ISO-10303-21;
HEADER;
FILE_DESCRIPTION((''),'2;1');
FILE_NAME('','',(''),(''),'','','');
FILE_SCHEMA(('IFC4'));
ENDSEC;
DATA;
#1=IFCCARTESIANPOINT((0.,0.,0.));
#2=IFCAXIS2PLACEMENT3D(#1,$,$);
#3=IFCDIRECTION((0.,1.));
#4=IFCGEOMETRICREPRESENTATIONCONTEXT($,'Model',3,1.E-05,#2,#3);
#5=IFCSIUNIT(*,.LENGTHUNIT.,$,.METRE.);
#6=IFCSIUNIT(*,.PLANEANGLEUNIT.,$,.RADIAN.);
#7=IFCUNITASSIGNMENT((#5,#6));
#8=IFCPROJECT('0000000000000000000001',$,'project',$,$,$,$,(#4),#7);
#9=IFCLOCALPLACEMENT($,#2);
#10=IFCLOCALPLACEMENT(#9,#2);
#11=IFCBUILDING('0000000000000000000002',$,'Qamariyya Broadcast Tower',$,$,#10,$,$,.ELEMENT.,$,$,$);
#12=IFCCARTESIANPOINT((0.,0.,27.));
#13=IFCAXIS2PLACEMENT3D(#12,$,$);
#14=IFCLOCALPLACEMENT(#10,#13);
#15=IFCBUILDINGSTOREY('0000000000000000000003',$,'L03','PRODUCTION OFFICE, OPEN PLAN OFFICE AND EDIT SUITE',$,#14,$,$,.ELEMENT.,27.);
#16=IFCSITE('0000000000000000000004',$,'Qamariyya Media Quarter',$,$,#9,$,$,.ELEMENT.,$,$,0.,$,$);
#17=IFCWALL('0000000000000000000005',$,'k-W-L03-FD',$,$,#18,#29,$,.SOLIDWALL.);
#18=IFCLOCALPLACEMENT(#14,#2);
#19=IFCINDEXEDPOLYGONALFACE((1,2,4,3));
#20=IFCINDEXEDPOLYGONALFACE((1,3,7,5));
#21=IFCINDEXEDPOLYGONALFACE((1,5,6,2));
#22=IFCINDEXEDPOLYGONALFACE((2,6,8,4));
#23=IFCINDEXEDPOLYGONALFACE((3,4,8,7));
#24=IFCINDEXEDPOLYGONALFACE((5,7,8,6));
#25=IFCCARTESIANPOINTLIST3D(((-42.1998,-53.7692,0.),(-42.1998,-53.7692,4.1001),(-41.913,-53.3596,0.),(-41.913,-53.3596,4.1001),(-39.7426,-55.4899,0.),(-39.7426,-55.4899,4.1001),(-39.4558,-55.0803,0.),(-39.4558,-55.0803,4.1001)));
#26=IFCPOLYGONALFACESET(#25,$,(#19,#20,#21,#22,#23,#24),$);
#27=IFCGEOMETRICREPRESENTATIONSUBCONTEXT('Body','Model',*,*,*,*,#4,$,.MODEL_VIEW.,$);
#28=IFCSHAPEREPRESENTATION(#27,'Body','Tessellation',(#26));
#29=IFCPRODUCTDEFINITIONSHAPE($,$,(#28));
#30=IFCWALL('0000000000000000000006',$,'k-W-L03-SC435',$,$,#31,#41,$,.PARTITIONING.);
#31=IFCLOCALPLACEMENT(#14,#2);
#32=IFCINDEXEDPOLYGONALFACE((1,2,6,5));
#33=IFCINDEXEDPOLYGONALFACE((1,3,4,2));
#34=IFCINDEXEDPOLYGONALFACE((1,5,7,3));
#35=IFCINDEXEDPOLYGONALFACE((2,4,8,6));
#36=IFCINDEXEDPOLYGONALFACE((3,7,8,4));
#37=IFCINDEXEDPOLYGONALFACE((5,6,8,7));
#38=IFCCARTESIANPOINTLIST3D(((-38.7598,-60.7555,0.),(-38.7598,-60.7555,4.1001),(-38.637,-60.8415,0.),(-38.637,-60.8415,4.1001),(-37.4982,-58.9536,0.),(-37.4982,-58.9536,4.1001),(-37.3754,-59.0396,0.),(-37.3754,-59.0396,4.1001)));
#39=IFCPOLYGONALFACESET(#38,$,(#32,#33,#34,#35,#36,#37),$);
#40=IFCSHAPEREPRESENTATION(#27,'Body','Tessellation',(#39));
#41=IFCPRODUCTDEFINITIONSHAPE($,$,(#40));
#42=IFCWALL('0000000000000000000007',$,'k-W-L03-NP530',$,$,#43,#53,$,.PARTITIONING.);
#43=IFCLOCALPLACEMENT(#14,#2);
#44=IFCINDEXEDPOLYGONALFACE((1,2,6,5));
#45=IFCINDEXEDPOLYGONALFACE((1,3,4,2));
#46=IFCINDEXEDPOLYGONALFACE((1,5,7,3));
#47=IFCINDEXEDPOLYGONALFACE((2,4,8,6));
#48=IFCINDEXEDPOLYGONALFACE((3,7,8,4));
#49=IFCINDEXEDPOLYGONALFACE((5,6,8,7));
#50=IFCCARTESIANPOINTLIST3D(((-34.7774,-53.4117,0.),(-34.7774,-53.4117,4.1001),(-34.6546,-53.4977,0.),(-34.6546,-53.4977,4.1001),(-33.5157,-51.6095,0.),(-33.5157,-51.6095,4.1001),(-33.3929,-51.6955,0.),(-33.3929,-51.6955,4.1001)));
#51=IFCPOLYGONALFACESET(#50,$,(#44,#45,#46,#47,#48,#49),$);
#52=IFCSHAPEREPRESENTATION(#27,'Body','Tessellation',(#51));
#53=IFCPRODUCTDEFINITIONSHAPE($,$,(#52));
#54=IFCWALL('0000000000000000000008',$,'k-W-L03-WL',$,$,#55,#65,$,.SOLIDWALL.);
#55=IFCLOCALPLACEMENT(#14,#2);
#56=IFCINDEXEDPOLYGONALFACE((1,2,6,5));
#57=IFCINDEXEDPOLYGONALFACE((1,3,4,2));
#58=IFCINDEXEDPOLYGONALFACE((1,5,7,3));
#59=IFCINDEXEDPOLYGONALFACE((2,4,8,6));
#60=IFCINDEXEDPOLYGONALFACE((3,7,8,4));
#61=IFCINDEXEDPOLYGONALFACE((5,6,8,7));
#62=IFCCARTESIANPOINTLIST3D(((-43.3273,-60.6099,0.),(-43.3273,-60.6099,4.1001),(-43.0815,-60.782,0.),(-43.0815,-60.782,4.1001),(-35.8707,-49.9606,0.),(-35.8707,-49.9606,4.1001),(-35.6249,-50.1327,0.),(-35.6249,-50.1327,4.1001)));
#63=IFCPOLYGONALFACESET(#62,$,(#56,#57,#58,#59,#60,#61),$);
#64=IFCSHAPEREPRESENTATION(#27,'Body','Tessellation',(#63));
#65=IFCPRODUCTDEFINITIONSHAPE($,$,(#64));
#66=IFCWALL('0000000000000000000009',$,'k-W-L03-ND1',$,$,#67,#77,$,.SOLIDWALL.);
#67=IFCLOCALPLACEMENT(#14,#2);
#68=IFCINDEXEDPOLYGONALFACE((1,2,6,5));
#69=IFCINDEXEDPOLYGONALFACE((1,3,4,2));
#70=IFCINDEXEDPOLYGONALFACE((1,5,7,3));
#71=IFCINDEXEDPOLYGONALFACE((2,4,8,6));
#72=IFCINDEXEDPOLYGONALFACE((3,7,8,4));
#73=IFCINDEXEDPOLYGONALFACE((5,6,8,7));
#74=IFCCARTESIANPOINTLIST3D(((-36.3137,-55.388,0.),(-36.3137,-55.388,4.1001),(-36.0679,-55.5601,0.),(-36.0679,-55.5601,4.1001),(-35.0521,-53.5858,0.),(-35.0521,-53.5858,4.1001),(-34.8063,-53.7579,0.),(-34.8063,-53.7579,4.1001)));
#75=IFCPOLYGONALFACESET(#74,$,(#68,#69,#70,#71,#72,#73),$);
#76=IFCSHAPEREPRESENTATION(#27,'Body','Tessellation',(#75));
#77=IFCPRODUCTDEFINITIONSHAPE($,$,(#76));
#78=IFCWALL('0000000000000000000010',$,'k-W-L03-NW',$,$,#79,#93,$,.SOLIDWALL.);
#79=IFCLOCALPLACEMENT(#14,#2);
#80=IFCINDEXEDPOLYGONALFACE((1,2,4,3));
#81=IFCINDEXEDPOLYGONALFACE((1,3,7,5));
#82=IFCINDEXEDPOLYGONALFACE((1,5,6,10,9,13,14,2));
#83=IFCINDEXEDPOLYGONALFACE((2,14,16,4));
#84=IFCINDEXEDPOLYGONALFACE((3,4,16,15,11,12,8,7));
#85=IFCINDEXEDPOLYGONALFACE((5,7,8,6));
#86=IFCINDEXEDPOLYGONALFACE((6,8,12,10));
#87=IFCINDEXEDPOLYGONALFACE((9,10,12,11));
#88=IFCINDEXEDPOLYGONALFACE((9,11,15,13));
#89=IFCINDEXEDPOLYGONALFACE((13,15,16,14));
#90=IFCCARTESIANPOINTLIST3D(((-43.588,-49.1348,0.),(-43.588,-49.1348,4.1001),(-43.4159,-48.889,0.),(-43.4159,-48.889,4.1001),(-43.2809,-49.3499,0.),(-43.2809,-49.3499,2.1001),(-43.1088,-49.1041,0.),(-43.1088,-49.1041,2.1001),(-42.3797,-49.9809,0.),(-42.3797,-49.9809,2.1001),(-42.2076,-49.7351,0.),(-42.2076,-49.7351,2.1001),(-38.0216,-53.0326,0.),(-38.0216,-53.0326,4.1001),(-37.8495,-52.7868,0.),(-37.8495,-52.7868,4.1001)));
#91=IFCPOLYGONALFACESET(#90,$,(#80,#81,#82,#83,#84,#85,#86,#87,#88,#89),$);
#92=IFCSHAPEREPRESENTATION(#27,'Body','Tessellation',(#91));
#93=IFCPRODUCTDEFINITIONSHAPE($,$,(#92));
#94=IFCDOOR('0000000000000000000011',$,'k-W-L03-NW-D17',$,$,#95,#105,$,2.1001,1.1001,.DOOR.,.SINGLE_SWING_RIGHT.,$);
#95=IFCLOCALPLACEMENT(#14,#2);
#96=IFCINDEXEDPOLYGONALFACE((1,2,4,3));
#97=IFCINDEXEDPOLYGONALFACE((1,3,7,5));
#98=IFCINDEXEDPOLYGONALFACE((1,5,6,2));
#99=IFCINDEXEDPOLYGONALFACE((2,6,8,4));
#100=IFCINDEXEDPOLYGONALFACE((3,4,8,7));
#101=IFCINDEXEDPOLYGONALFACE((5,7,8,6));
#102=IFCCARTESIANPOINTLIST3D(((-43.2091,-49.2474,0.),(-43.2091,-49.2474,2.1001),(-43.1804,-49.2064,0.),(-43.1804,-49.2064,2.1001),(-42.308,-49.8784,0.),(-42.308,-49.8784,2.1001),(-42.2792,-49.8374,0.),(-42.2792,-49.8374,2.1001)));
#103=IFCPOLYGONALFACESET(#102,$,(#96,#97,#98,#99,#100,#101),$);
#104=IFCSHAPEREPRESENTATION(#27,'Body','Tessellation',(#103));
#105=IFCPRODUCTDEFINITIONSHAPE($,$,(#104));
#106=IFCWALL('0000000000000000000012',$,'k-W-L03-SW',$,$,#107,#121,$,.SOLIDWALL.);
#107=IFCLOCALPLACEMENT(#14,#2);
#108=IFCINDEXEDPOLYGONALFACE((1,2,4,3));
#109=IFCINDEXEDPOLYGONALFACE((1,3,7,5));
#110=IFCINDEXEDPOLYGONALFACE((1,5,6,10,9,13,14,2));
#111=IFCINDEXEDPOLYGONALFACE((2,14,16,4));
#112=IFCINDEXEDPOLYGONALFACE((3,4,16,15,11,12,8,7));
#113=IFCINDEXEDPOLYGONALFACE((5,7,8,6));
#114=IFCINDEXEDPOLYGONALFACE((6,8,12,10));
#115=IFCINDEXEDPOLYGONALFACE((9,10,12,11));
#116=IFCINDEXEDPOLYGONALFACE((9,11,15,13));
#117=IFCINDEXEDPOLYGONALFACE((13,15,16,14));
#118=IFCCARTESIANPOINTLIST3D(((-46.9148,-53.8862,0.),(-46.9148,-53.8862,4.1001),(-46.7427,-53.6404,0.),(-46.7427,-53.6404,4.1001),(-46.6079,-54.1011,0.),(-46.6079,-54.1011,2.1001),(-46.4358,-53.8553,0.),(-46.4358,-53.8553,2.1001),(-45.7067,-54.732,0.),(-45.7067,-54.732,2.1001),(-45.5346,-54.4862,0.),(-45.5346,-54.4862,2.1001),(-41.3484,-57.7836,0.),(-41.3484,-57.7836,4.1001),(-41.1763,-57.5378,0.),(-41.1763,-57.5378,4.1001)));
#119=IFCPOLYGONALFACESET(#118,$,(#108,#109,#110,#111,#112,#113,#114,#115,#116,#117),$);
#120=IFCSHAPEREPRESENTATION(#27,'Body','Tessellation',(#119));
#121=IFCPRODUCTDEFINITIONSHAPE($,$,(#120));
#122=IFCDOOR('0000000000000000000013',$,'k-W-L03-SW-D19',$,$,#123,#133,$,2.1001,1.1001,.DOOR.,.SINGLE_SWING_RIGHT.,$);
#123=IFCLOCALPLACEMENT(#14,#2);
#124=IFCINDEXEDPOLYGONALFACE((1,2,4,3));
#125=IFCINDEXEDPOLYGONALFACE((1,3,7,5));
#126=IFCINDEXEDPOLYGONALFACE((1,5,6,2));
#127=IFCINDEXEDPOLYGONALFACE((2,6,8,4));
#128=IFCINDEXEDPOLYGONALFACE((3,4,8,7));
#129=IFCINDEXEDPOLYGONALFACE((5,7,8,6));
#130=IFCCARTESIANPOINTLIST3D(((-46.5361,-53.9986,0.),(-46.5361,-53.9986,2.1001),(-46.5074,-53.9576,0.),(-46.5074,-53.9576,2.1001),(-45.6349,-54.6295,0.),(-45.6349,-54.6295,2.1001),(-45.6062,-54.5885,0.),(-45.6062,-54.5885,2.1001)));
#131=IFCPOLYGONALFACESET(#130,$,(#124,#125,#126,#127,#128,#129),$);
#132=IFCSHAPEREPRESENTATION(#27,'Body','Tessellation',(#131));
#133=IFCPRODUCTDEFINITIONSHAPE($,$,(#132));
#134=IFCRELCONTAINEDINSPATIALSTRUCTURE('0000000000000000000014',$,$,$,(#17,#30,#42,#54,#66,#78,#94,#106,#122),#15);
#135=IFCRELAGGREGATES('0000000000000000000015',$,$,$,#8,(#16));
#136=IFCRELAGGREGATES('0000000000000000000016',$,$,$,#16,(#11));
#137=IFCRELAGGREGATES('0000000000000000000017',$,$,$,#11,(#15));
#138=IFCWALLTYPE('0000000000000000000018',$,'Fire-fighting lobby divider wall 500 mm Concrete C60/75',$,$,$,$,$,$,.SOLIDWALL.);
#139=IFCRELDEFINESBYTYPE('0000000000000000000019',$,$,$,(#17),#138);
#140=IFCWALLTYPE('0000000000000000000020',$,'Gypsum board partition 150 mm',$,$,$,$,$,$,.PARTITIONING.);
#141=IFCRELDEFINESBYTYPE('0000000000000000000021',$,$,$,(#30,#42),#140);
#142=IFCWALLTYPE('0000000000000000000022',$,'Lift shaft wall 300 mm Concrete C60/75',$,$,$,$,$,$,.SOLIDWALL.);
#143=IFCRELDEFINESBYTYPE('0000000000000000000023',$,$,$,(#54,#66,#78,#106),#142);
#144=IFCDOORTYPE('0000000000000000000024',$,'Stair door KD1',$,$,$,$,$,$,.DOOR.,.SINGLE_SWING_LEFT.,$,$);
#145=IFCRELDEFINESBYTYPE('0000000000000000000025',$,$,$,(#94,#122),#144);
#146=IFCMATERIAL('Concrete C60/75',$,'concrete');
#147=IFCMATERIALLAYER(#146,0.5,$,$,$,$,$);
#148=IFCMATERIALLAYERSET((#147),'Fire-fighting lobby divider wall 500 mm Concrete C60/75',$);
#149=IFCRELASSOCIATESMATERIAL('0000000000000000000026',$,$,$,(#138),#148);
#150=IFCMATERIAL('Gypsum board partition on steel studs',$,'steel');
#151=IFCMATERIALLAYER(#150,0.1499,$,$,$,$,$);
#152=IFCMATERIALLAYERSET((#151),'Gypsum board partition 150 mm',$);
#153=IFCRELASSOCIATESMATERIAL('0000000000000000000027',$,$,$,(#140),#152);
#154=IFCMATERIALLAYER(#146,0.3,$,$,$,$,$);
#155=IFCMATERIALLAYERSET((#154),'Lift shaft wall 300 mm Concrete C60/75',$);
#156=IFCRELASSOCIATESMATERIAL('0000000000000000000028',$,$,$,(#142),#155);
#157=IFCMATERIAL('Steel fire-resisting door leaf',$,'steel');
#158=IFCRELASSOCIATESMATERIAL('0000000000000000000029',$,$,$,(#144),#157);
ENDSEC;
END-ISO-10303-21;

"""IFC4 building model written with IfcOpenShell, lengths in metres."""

from ifc_helpers import new_model, si_unit, direction, frame, frame_2d, origin, place, context, subcontext, project, spatial, rectangle, extrude, material, layer, layer_set, type_object, element, fill, save


model = new_model("IFC4")

# Units and contexts
model_context = context("Model", 3, precision=1e-05, world=origin(), true_north=direction((0.0, 1.0)))
body_context = subcontext(model_context, "Body", "Model", "MODEL_VIEW")
ifc_project = project(units=[si_unit("LENGTHUNIT", "METRE"), si_unit("PLANEANGLEUNIT", "RADIAN")], contexts=[model_context])

# Site, building, storey
site_placement = place(None, origin())
site = spatial("IfcSite", under=ifc_project, at=site_placement, Name="Qamariyya Media Quarter", CompositionType="ELEMENT", RefElevation=0.0)
building_placement = place(site_placement, origin())
building = spatial("IfcBuilding", under=site, at=building_placement, Name="Qamariyya Broadcast Tower", CompositionType="ELEMENT")
storey_placement = place(building_placement, frame((0.0, 0.0, 27.0)))
storey = spatial("IfcBuildingStorey", under=building, at=storey_placement, Name="L03", Description="PRODUCTION OFFICE, OPEN PLAN OFFICE AND EDIT SUITE", CompositionType="ELEMENT", Elevation=27.0)

# Walls
ifc_material_1 = material(Name="Concrete C60/75", Category="concrete")
ifc_layer_1 = layer(ifc_material_1, 0.5)
ifc_layer_set_1 = layer_set([ifc_layer_1], Name="Fire-fighting lobby divider wall 500 mm Concrete C60/75")
wall_type_1 = type_object("IfcWallType", Name="Fire-fighting lobby divider wall 500 mm Concrete C60/75", PredefinedType="SOLIDWALL", material=ifc_layer_set_1)
wall_1_placement = place(storey_placement, frame((-39.5991, -55.2852, 0.0), z_axis=(0.0, 0.0, 1.0), x_axis=(-0.819136, 0.573599, 0.0)))
element("IfcWall", 1, at=wall_1_placement, inside=storey, type_object=wall_type_1, Name="k-W-L03-FD", PredefinedType="SOLIDWALL", context=body_context, shape_type="SweptSolid", body=[
    extrude(rectangle(XDim=2.9998, YDim=0.5, at=frame_2d((1.5, 0.0))), origin(), (0.0, 0.0, 1.0), 4.1001),
])
ifc_material_2 = material(Name="Gypsum board partition on steel studs", Category="steel")
ifc_layer_2 = layer(ifc_material_2, 0.1499)
ifc_layer_set_2 = layer_set([ifc_layer_2], Name="Gypsum board partition 150 mm")
wall_type_2 = type_object("IfcWallType", Name="Gypsum board partition 150 mm", PredefinedType="PARTITIONING", material=ifc_layer_set_2)
wall_2_placement = place(storey_placement, frame((-37.4368, -58.9966, 0.0), z_axis=(0.0, 0.0, 1.0), x_axis=(-0.573559, -0.819164, 0.0)))
element("IfcWall", 2, at=wall_2_placement, inside=storey, type_object=wall_type_2, Name="k-W-L03-SC435", PredefinedType="PARTITIONING", context=body_context, shape_type="SweptSolid", body=[
    extrude(rectangle(XDim=2.1997, YDim=0.1499, at=frame_2d((1.0999, 0.0))), origin(), (0.0, 0.0, 1.0), 4.1001),
])
wall_3_placement = place(storey_placement, frame((-34.7161, -53.4548, 0.0), z_axis=(0.0, 0.0, 1.0), x_axis=(0.573507, 0.819201, 0.0)))
element("IfcWall", 3, at=wall_3_placement, inside=storey, type_object=wall_type_2, Name="k-W-L03-NP530", PredefinedType="PARTITIONING", context=body_context, shape_type="SweptSolid", body=[
    extrude(rectangle(XDim=2.2, YDim=0.1499, at=frame_2d((1.1001, 0.0))), origin(), (0.0, 0.0, 1.0), 4.1001),
])
ifc_layer_3 = layer(ifc_material_1, 0.3)
ifc_layer_set_3 = layer_set([ifc_layer_3], Name="Lift shaft wall 300 mm Concrete C60/75")
wall_type_3 = type_object("IfcWallType", Name="Lift shaft wall 300 mm Concrete C60/75", PredefinedType="SOLIDWALL", material=ifc_layer_set_3)
wall_4_placement = place(storey_placement, frame((-43.2043, -60.6958, 0.0), z_axis=(0.0, 0.0, 1.0), x_axis=(0.573572, 0.819155, 0.0)))
element("IfcWall", 4, at=wall_4_placement, inside=storey, type_object=wall_type_3, Name="k-W-L03-WL", PredefinedType="SOLIDWALL", context=body_context, shape_type="SweptSolid", body=[
    extrude(rectangle(XDim=13.0002, YDim=0.3, at=frame_2d((6.5, 0.0))), origin(), (0.0, 0.0, 1.0), 4.1001),
])
wall_5_placement = place(storey_placement, frame((-36.1909, -55.4741, 0.0), z_axis=(0.0, 0.0, 1.0), x_axis=(0.573507, 0.819201, 0.0)))
element("IfcWall", 5, at=wall_5_placement, inside=storey, type_object=wall_type_3, Name="k-W-L03-ND1", PredefinedType="SOLIDWALL", context=body_context, shape_type="SweptSolid", body=[
    extrude(rectangle(XDim=2.2, YDim=0.3, at=frame_2d((1.1001, 0.0))), origin(), (0.0, 0.0, 1.0), 4.1001),
])

# Walls, openings, doors
wall_6_placement = place(storey_placement, frame((-37.9355, -52.9097, 0.0), z_axis=(0.0, 0.0, 1.0), x_axis=(-0.819148, 0.573583, 0.0)))
wall_6 = element("IfcWall", 6, at=wall_6_placement, inside=storey, type_object=wall_type_3, Name="k-W-L03-NW", PredefinedType="SOLIDWALL", context=body_context, shape_type="SweptSolid", body=[
    extrude(rectangle(XDim=6.7954, YDim=0.3, at=frame_2d((3.3977, 0.0))), origin(), (0.0, 0.0, 1.0), 4.1001),
])
opening_1_placement = place(wall_6_placement, frame((5.3203, 0.0, 0.0)))
opening_1 = element("IfcOpeningElement", 7, at=opening_1_placement, cuts=wall_6, PredefinedType="OPENING", context=body_context, shape_type="SweptSolid", body=[
    extrude(rectangle(XDim=1.1001, YDim=2.1001, at=frame_2d((0.55, 1.05))), frame((0.0, 0.1599, 0.0), z_axis=(0.0, -1.0, 0.0), x_axis=(1.0, 0.0, 0.0)), (0.0, 0.0, 1.0), 0.3201),
])
ifc_material_3 = material(Name="Steel fire-resisting door leaf", Category="steel")
door_type_1 = type_object("IfcDoorType", Name="Stair door KD1", OperationType="SINGLE_SWING_LEFT", PredefinedType="DOOR", material=ifc_material_3)
door_1_placement = place(opening_1_placement, origin())
door_1 = element("IfcDoor", 8, at=door_1_placement, inside=storey, type_object=door_type_1, Name="k-W-L03-NW-D17", OperationType="SINGLE_SWING_RIGHT", OverallHeight=2.1001, OverallWidth=1.1001, PredefinedType="DOOR", context=body_context, shape_type="SweptSolid", body=[
    extrude(rectangle(XDim=1.1001, YDim=2.1001, at=frame_2d((0.55, 1.05))), frame((0.0, 0.0249, 0.0), z_axis=(0.0, -1.0, 0.0), x_axis=(1.0, 0.0, 0.0)), (0.0, 0.0, 1.0), 0.05),
])
fill(opening_1, door_1)
wall_7_placement = place(storey_placement, frame((-41.2625, -57.6606, 0.0), z_axis=(0.0, 0.0, 1.0), x_axis=(-0.819164, 0.573559, 0.0)))
wall_7 = element("IfcWall", 9, at=wall_7_placement, inside=storey, type_object=wall_type_3, Name="k-W-L03-SW", PredefinedType="SOLIDWALL", context=body_context, shape_type="SweptSolid", body=[
    extrude(rectangle(XDim=6.7952, YDim=0.3, at=frame_2d((3.3975, 0.0))), origin(), (0.0, 0.0, 1.0), 4.1001),
])
opening_2_placement = place(wall_7_placement, frame((5.3203, 0.0, 0.0)))
opening_2 = element("IfcOpeningElement", 10, at=opening_2_placement, cuts=wall_7, PredefinedType="OPENING", context=body_context, shape_type="SweptSolid", body=[
    extrude(rectangle(XDim=1.1001, YDim=2.1001, at=frame_2d((0.55, 1.05))), frame((0.0, 0.1599, 0.0), z_axis=(0.0, -1.0, 0.0), x_axis=(1.0, 0.0, 0.0)), (0.0, 0.0, 1.0), 0.3201),
])
door_2_placement = place(opening_2_placement, origin())
door_2 = element("IfcDoor", 11, at=door_2_placement, inside=storey, type_object=door_type_1, Name="k-W-L03-SW-D19", OperationType="SINGLE_SWING_RIGHT", OverallHeight=2.1001, OverallWidth=1.1001, PredefinedType="DOOR", context=body_context, shape_type="SweptSolid", body=[
    extrude(rectangle(XDim=1.1001, YDim=2.1001, at=frame_2d((0.55, 1.05))), frame((0.0, 0.0249, 0.0), z_axis=(0.0, -1.0, 0.0), x_axis=(1.0, 0.0, 0.0)), (0.0, 0.0, 1.0), 0.05),
])
fill(opening_2, door_2)

save(model, "model.ifc")
